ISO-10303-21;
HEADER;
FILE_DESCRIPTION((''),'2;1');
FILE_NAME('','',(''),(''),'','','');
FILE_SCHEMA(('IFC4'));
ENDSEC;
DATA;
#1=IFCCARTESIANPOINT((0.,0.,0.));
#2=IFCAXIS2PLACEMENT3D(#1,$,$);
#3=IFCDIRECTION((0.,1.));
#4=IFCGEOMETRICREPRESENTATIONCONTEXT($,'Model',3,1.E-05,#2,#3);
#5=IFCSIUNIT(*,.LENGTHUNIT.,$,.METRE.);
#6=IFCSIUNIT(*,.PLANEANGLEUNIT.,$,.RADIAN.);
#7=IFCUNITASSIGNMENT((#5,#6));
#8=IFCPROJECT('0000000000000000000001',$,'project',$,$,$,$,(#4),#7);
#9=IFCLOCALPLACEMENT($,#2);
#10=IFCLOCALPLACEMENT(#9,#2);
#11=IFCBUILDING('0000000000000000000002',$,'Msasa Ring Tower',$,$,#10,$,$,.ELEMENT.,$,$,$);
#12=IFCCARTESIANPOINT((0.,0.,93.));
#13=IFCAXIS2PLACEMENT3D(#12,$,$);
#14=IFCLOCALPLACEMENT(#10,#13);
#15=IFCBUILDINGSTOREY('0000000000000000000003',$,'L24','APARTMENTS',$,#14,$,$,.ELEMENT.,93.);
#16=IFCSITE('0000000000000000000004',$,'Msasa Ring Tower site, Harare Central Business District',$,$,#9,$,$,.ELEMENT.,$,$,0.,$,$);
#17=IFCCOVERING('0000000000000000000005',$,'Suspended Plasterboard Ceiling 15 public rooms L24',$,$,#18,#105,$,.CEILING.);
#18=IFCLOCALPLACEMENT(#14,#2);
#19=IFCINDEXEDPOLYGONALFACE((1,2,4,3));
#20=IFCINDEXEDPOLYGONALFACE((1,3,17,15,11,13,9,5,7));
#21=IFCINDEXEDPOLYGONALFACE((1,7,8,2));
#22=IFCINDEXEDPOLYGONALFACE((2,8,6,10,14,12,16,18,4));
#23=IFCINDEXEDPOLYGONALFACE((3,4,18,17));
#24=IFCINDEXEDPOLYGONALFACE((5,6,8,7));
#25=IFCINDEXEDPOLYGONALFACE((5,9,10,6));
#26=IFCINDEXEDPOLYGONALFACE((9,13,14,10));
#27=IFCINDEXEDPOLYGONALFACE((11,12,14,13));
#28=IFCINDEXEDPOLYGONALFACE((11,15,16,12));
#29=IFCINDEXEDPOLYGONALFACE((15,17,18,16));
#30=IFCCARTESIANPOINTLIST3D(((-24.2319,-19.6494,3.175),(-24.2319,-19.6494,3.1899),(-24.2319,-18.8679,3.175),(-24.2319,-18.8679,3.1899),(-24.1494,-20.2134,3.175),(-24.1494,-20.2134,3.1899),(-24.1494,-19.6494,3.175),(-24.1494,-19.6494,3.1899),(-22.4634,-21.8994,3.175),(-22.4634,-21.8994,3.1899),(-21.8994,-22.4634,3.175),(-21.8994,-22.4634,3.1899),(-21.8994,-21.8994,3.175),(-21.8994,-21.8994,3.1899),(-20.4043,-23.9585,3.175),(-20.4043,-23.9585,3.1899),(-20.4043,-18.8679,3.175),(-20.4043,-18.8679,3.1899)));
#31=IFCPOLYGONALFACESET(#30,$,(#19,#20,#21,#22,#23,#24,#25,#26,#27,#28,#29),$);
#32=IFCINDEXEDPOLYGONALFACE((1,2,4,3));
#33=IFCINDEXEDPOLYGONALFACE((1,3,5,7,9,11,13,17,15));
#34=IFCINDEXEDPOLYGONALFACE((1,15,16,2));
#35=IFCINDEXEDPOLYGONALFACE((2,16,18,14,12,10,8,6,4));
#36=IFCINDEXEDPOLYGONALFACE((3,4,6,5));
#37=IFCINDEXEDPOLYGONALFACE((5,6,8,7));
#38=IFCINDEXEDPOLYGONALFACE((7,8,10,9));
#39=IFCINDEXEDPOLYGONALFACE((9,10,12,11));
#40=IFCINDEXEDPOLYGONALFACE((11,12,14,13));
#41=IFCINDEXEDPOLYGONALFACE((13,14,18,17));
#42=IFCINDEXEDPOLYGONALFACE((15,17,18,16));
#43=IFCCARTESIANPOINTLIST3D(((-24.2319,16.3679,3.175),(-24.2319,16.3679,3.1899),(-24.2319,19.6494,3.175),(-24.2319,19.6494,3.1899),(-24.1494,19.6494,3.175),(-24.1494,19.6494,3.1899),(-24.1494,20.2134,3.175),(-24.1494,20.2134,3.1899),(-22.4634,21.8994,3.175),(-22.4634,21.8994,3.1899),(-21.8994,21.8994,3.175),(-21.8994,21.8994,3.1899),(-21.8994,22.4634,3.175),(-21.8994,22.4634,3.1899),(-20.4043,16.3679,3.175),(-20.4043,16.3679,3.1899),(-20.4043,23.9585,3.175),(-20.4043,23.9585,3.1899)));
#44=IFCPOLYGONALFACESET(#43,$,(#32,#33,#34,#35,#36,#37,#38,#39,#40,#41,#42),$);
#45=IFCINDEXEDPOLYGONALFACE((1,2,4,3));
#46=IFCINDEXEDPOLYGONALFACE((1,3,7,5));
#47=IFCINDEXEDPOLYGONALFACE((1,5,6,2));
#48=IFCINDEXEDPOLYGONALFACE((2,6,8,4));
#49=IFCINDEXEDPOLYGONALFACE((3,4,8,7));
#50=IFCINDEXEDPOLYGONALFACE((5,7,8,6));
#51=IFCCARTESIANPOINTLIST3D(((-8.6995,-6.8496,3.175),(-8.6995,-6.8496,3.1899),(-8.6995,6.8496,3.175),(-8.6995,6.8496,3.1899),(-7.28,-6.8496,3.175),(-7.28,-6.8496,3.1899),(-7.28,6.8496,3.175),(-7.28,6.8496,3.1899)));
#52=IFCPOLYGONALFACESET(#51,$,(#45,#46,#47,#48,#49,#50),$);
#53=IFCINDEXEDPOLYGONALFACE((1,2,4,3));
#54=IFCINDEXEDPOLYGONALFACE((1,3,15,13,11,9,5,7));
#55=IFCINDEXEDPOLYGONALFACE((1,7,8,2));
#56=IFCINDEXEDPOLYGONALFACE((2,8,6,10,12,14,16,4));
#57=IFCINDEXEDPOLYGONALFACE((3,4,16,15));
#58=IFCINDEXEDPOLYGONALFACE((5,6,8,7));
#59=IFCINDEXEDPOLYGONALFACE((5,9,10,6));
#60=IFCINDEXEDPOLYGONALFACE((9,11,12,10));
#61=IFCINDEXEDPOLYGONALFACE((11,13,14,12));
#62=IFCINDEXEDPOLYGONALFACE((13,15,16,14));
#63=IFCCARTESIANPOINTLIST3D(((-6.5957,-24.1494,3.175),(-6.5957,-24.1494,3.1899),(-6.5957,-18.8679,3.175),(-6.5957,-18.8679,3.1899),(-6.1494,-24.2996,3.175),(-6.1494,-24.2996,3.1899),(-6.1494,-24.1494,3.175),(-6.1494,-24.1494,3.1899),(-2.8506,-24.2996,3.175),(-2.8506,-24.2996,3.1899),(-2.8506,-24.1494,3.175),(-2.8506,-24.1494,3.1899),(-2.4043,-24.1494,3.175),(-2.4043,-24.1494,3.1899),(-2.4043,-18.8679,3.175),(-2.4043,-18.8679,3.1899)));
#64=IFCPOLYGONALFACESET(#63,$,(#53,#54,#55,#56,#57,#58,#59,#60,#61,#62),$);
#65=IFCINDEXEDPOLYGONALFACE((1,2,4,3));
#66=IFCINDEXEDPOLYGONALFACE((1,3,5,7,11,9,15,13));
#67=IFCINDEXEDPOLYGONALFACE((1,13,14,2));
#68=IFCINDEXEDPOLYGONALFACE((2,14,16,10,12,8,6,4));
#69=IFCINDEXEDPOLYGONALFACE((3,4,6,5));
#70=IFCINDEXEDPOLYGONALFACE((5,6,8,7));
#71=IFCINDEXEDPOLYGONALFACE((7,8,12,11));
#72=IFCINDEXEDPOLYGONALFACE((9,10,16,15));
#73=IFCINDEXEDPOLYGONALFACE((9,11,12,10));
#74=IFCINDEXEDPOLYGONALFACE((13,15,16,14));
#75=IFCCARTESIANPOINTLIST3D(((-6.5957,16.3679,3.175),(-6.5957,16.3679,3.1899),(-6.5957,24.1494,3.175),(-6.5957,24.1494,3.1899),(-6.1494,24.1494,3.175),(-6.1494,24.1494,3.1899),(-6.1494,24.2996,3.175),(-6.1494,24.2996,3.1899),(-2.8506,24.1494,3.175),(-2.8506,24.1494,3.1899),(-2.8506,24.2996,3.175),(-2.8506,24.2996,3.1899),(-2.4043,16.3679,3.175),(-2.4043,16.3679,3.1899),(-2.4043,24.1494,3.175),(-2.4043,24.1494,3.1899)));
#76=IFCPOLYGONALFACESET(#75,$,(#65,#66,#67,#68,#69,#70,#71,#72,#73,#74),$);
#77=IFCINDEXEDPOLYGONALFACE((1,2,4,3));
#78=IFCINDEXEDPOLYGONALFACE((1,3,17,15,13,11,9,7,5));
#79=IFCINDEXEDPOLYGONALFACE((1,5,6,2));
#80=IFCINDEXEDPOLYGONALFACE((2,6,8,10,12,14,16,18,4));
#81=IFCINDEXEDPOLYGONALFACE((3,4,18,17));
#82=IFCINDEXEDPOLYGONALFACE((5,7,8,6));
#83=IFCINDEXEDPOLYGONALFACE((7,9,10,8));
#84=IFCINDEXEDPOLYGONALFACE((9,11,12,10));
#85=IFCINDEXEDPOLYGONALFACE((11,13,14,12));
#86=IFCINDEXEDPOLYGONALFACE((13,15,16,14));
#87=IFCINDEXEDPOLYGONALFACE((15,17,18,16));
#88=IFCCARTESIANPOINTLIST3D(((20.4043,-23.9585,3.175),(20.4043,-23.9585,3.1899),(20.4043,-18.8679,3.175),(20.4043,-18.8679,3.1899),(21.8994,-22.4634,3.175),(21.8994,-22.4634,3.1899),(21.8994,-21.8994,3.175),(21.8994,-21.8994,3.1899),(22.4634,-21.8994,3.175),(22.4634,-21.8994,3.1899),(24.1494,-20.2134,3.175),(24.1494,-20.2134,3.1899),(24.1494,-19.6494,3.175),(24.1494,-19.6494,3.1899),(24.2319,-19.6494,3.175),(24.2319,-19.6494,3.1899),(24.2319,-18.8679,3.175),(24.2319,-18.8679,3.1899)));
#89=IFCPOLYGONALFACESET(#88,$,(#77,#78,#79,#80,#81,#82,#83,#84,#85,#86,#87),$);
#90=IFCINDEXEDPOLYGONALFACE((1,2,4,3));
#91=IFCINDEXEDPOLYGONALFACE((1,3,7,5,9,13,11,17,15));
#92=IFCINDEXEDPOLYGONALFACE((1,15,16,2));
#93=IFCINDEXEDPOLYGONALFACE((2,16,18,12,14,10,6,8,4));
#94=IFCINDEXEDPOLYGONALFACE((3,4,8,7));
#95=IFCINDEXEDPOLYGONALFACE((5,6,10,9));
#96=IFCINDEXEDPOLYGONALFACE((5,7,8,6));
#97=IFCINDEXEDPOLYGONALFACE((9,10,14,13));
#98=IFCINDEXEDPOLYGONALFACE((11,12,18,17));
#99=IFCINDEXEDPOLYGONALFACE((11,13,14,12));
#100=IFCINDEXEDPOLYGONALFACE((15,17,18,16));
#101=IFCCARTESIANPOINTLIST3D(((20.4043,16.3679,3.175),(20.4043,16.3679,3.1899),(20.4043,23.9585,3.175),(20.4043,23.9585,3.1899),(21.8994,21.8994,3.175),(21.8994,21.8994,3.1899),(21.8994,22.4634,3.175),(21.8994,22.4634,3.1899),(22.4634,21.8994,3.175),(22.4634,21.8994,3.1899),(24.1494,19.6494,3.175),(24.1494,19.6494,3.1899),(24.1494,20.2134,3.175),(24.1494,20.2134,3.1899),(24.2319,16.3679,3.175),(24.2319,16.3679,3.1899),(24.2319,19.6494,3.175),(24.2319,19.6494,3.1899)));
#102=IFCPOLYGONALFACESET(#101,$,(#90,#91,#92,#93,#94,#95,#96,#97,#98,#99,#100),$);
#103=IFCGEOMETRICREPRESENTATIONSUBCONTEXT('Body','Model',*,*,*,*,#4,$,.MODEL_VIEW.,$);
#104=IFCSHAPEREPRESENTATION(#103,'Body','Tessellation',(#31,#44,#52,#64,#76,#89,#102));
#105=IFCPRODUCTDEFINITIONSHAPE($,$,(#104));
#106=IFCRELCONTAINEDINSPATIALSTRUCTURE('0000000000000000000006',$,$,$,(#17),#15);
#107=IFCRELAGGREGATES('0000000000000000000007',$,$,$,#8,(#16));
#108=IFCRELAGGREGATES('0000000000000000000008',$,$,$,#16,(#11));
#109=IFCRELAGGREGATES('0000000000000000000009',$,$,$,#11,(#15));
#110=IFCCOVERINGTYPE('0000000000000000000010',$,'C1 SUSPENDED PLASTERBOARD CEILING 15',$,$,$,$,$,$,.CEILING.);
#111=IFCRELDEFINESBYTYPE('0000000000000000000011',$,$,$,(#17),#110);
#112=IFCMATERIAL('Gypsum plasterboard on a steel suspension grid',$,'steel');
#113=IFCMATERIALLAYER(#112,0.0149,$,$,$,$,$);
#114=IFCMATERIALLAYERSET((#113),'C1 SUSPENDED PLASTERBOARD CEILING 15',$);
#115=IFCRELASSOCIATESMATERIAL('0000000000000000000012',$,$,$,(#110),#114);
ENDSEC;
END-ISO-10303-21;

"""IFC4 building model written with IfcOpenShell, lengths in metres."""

from ifc_helpers import new_model, si_unit, direction, frame, origin, place, context, subcontext, project, spatial, line, indexed_curve, outline, extrude, material, layer, layer_set, type_object, element, save


model = new_model("IFC4")

# Units and contexts
model_context = context("Model", 3, precision=1e-05, world=origin(), true_north=direction((0.0, 1.0)))
body_context = subcontext(model_context, "Body", "Model", "MODEL_VIEW")
ifc_project = project(units=[si_unit("LENGTHUNIT", "METRE"), si_unit("PLANEANGLEUNIT", "RADIAN")], contexts=[model_context])

# Site, building, storey
site_placement = place(None, origin())
site = spatial("IfcSite", under=ifc_project, at=site_placement, Name="Msasa Ring Tower site, Harare Central Business District", CompositionType="ELEMENT", RefElevation=0.0)
building_placement = place(site_placement, origin())
building = spatial("IfcBuilding", under=site, at=building_placement, Name="Msasa Ring Tower", CompositionType="ELEMENT")
storey_placement = place(building_placement, frame((0.0, 0.0, 93.0)))
storey = spatial("IfcBuildingStorey", under=building, at=storey_placement, Name="L24", Description="APARTMENTS", CompositionType="ELEMENT", Elevation=93.0)

# Covering
ifc_material_1 = material(Name="Gypsum plasterboard on a steel suspension grid", Category="steel")
ifc_layer_1 = layer(ifc_material_1, 0.0149)
ifc_layer_set_1 = layer_set([ifc_layer_1], Name="C1 SUSPENDED PLASTERBOARD CEILING 15")
covering_type_1 = type_object("IfcCoveringType", Name="C1 SUSPENDED PLASTERBOARD CEILING 15", PredefinedType="CEILING", material=ifc_layer_set_1)
covering_1_placement = place(storey_placement, frame((0.0, 0.0, 3.175)))
element("IfcCovering", 1, at=covering_1_placement, inside=storey, type_object=covering_type_1, Name="Suspended Plasterboard Ceiling 15 public rooms L24", PredefinedType="CEILING", context=body_context, shape_type="SweptSolid", body=[
    extrude(outline(indexed_curve([(-24.2319, -18.8679), (-20.4043, -18.8679), (-20.4043, -23.9585), (-21.8994, -22.4634), (-21.8994, -21.8994), (-22.4634, -21.8994), (-24.1494, -20.2134), (-24.1494, -19.6494), (-24.2319, -19.6494)], segments=[line(1, 2, 3, 4, 5, 6, 7, 8, 9, 1)], self_intersect=False)), origin(), (0.0, 0.0, 1.0), 0.0149),
    extrude(outline(indexed_curve([(-24.2319, 16.3679), (-24.2319, 19.6494), (-24.1494, 19.6494), (-24.1494, 20.2134), (-22.4634, 21.8994), (-21.8994, 21.8994), (-21.8994, 22.4634), (-20.4043, 23.9585), (-20.4043, 16.3679)], segments=[line(1, 2, 3, 4, 5, 6, 7, 8, 9, 1)], self_intersect=False)), origin(), (0.0, 0.0, 1.0), 0.0149),
    extrude(outline(indexed_curve([(-8.6995, -6.8496), (-8.6995, 6.8496), (-7.28, 6.8496), (-7.28, -6.8496)], segments=[line(1, 2, 3, 4, 1)], self_intersect=False)), origin(), (0.0, 0.0, 1.0), 0.0149),
    extrude(outline(indexed_curve([(-6.1494, -24.2996), (-6.1494, -24.1494), (-6.5957, -24.1494), (-6.5957, -18.8679), (-2.4043, -18.8679), (-2.4043, -24.1494), (-2.8506, -24.1494), (-2.8506, -24.2996)], segments=[line(1, 2, 3, 4, 5, 6, 7, 8, 1)], self_intersect=False)), origin(), (0.0, 0.0, 1.0), 0.0149),
    extrude(outline(indexed_curve([(-6.5957, 16.3679), (-6.5957, 24.1494), (-6.1494, 24.1494), (-6.1494, 24.2996), (-2.8506, 24.2996), (-2.8506, 24.1494), (-2.4043, 24.1494), (-2.4043, 16.3679)], segments=[line(1, 2, 3, 4, 5, 6, 7, 8, 1)], self_intersect=False)), origin(), (0.0, 0.0, 1.0), 0.0149),
    extrude(outline(indexed_curve([(24.2319, -18.8679), (24.2319, -19.6494), (24.1494, -19.6494), (24.1494, -20.2134), (22.4634, -21.8994), (21.8994, -21.8994), (21.8994, -22.4634), (20.4043, -23.9585), (20.4043, -18.8679)], segments=[line(1, 2, 3, 4, 5, 6, 7, 8, 9, 1)], self_intersect=False)), origin(), (0.0, 0.0, 1.0), 0.0149),
    extrude(outline(indexed_curve([(24.2319, 16.3679), (20.4043, 16.3679), (20.4043, 23.9585), (21.8994, 22.4634), (21.8994, 21.8994), (22.4634, 21.8994), (24.1494, 20.2134), (24.1494, 19.6494), (24.2319, 19.6494)], segments=[line(1, 2, 3, 4, 5, 6, 7, 8, 9, 1)], self_intersect=False)), origin(), (0.0, 0.0, 1.0), 0.0149),
])

save(model, "model.ifc")
